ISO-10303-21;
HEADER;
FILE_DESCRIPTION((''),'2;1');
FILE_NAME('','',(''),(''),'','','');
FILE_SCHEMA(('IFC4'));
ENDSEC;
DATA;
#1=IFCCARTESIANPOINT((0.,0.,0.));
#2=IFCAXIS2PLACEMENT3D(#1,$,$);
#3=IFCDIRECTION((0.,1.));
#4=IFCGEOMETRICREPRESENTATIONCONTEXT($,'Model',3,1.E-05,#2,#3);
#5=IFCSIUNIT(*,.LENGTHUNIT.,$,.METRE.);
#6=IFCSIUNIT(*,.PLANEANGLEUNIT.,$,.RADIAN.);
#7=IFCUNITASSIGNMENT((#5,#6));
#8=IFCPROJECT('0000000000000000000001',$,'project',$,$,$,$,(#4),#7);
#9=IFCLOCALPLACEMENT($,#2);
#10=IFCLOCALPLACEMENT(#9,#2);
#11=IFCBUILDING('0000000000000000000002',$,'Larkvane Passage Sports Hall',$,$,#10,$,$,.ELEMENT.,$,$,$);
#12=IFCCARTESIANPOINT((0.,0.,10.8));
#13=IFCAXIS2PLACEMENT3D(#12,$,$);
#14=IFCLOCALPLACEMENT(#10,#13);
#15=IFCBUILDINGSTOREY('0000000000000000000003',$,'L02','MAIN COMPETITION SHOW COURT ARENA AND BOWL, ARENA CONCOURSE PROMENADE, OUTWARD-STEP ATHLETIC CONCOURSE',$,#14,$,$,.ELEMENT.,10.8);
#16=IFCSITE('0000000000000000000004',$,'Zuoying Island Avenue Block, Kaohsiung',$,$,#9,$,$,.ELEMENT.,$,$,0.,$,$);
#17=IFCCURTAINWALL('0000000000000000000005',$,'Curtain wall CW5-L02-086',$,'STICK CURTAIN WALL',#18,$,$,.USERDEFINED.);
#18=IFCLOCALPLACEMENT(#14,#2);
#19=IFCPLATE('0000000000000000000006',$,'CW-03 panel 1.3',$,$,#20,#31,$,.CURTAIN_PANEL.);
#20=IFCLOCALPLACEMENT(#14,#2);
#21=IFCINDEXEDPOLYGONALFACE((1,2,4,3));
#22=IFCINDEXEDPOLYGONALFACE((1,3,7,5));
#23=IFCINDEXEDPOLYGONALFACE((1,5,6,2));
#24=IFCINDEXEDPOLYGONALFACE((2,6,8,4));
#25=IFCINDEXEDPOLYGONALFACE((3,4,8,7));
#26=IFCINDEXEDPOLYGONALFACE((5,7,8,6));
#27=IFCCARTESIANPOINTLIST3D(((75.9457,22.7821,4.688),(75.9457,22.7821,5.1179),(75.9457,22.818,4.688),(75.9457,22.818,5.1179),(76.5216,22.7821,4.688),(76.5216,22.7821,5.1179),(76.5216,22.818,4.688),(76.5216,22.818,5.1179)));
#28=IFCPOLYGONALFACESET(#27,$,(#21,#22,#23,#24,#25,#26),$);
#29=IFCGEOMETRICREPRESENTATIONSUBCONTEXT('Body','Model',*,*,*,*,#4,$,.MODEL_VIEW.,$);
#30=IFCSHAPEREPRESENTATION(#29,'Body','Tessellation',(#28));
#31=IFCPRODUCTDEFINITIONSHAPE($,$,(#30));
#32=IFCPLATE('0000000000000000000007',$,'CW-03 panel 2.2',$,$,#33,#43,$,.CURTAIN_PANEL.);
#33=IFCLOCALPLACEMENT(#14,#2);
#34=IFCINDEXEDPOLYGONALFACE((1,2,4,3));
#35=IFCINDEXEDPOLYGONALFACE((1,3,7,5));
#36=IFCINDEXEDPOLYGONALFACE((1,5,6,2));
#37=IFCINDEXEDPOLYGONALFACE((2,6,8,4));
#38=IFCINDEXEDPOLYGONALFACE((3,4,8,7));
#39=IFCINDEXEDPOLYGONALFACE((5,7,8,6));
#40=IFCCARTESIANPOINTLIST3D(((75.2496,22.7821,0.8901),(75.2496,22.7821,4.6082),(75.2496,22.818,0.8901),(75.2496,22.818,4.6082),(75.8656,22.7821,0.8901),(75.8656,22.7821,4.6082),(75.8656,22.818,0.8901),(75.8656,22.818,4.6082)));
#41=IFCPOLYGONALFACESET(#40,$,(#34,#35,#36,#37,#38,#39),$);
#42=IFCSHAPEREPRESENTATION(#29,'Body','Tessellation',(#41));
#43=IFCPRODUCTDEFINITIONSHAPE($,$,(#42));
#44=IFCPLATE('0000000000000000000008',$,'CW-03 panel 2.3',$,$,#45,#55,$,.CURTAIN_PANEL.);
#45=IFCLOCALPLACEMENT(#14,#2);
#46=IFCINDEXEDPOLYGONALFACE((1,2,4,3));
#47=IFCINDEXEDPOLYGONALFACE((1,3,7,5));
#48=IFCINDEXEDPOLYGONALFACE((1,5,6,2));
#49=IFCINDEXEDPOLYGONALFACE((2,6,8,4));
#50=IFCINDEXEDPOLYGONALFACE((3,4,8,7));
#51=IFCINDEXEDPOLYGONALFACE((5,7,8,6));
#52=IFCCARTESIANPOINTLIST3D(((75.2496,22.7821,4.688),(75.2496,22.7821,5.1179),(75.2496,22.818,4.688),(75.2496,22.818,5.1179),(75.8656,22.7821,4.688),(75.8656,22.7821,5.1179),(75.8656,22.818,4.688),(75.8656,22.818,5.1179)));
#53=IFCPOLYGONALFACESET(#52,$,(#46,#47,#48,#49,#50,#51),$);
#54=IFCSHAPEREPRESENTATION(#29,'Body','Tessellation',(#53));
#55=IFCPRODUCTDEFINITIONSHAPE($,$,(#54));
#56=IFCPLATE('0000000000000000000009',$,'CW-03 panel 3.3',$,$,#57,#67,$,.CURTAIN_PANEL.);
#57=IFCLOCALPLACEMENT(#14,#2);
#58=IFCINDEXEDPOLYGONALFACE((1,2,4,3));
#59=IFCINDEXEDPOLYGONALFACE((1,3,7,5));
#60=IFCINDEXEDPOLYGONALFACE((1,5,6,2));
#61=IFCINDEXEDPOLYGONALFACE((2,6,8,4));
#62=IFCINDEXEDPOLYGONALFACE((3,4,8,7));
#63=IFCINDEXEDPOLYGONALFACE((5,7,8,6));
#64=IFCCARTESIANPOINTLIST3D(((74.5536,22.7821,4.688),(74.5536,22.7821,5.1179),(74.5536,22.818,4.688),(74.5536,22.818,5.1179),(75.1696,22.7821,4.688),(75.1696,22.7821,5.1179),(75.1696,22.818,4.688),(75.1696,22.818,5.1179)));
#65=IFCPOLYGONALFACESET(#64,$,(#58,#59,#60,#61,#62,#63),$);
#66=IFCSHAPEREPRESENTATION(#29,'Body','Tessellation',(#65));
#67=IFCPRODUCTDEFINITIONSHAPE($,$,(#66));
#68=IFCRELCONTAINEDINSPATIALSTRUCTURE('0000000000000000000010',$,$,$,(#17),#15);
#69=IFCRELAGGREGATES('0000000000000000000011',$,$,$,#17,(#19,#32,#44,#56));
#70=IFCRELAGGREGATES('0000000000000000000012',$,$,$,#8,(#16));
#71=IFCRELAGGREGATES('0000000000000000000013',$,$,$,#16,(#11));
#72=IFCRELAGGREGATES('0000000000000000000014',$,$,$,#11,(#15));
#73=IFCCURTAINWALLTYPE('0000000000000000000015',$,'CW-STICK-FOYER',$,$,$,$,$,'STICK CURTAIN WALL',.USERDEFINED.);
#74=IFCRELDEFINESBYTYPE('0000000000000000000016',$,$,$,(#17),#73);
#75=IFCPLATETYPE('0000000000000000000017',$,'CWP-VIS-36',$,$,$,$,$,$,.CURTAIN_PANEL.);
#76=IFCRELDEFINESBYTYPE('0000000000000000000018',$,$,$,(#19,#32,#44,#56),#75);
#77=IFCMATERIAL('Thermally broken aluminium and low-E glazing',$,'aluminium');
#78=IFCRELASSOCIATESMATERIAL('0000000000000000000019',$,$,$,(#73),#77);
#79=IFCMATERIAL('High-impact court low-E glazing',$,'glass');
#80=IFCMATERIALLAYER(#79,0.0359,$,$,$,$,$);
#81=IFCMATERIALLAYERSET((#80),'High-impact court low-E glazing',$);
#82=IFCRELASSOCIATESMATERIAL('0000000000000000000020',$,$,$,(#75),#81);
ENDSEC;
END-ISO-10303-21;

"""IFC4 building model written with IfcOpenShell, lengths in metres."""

from ifc_helpers import new_model, si_unit, direction, frame, origin, origin_2d, place, context, subcontext, project, spatial, rectangle, extrude, material, layer, layer_set, type_object, element, aggregate, save


model = new_model("IFC4")

# Units and contexts
model_context = context("Model", 3, precision=1e-05, world=origin(), true_north=direction((0.0, 1.0)))
body_context = subcontext(model_context, "Body", "Model", "MODEL_VIEW")
ifc_project = project(units=[si_unit("LENGTHUNIT", "METRE"), si_unit("PLANEANGLEUNIT", "RADIAN")], contexts=[model_context])

# Site, building, storey
site_placement = place(None, origin())
site = spatial("IfcSite", under=ifc_project, at=site_placement, Name="Zuoying Island Avenue Block, Kaohsiung", CompositionType="ELEMENT", RefElevation=0.0)
building_placement = place(site_placement, origin())
building = spatial("IfcBuilding", under=site, at=building_placement, Name="Larkvane Passage Sports Hall", CompositionType="ELEMENT")
storey_placement = place(building_placement, frame((0.0, 0.0, 10.8)))
storey = spatial("IfcBuildingStorey", under=building, at=storey_placement, Name="L02", Description="MAIN COMPETITION SHOW COURT ARENA AND BOWL, ARENA CONCOURSE PROMENADE, OUTWARD-STEP ATHLETIC CONCOURSE", CompositionType="ELEMENT", Elevation=10.8)

# Curtain wall
ifc_material_1 = material(Name="Thermally broken aluminium and low-E glazing", Category="aluminium")
curtain_wall_type = type_object("IfcCurtainWallType", Name="CW-STICK-FOYER", ElementType="STICK CURTAIN WALL", PredefinedType="USERDEFINED", material=ifc_material_1)
curtain_wall_placement = place(storey_placement, origin())
curtain_wall = element("IfcCurtainWall", 1, at=curtain_wall_placement, inside=storey, type_object=curtain_wall_type, Name="Curtain wall CW5-L02-086", ObjectType="STICK CURTAIN WALL", PredefinedType="USERDEFINED")

# Plates
ifc_material_2 = material(Name="High-impact court low-E glazing", Category="glass")
ifc_layer_1 = layer(ifc_material_2, 0.0359)
ifc_layer_set_1 = layer_set([ifc_layer_1], Name="High-impact court low-E glazing")
plate_type_1 = type_object("IfcPlateType", Name="CWP-VIS-36", PredefinedType="CURTAIN_PANEL", material=ifc_layer_set_1)
plate_1_placement = place(storey_placement, frame((76.2336, 22.8, 4.688), z_axis=(0.0, 0.0, 1.0), x_axis=(-1.0, 0.0, 0.0)))
plate_1 = element("IfcPlate", 2, at=plate_1_placement, type_object=plate_type_1, Name="CW-03 panel 1.3", PredefinedType="CURTAIN_PANEL", context=body_context, shape_type="SweptSolid", body=[
    extrude(rectangle(XDim=0.5759, YDim=0.0359, at=origin_2d()), origin(), (0.0, 0.0, 1.0), 0.4299),
])
plate_2_placement = place(storey_placement, frame((75.5576, 22.8, 0.8901), z_axis=(0.0, 0.0, 1.0), x_axis=(-1.0, 0.0, 0.0)))
plate_2 = element("IfcPlate", 3, at=plate_2_placement, type_object=plate_type_1, Name="CW-03 panel 2.2", PredefinedType="CURTAIN_PANEL", context=body_context, shape_type="SweptSolid", body=[
    extrude(rectangle(XDim=0.616, YDim=0.0359, at=origin_2d()), origin(), (0.0, 0.0, 1.0), 3.718),
])
plate_3_placement = place(storey_placement, frame((75.5576, 22.8, 4.688), z_axis=(0.0, 0.0, 1.0), x_axis=(-1.0, 0.0, 0.0)))
plate_3 = element("IfcPlate", 4, at=plate_3_placement, type_object=plate_type_1, Name="CW-03 panel 2.3", PredefinedType="CURTAIN_PANEL", context=body_context, shape_type="SweptSolid", body=[
    extrude(rectangle(XDim=0.616, YDim=0.0359, at=origin_2d()), origin(), (0.0, 0.0, 1.0), 0.4299),
])
plate_4_placement = place(storey_placement, frame((74.8616, 22.8, 4.688), z_axis=(0.0, 0.0, 1.0), x_axis=(-1.0, 0.0, 0.0)))
plate_4 = element("IfcPlate", 5, at=plate_4_placement, type_object=plate_type_1, Name="CW-03 panel 3.3", PredefinedType="CURTAIN_PANEL", context=body_context, shape_type="SweptSolid", body=[
    extrude(rectangle(XDim=0.616, YDim=0.0359, at=origin_2d()), origin(), (0.0, 0.0, 1.0), 0.4299),
])
aggregate(curtain_wall, [plate_1, plate_2, plate_3, plate_4])

save(model, "model.ifc")
